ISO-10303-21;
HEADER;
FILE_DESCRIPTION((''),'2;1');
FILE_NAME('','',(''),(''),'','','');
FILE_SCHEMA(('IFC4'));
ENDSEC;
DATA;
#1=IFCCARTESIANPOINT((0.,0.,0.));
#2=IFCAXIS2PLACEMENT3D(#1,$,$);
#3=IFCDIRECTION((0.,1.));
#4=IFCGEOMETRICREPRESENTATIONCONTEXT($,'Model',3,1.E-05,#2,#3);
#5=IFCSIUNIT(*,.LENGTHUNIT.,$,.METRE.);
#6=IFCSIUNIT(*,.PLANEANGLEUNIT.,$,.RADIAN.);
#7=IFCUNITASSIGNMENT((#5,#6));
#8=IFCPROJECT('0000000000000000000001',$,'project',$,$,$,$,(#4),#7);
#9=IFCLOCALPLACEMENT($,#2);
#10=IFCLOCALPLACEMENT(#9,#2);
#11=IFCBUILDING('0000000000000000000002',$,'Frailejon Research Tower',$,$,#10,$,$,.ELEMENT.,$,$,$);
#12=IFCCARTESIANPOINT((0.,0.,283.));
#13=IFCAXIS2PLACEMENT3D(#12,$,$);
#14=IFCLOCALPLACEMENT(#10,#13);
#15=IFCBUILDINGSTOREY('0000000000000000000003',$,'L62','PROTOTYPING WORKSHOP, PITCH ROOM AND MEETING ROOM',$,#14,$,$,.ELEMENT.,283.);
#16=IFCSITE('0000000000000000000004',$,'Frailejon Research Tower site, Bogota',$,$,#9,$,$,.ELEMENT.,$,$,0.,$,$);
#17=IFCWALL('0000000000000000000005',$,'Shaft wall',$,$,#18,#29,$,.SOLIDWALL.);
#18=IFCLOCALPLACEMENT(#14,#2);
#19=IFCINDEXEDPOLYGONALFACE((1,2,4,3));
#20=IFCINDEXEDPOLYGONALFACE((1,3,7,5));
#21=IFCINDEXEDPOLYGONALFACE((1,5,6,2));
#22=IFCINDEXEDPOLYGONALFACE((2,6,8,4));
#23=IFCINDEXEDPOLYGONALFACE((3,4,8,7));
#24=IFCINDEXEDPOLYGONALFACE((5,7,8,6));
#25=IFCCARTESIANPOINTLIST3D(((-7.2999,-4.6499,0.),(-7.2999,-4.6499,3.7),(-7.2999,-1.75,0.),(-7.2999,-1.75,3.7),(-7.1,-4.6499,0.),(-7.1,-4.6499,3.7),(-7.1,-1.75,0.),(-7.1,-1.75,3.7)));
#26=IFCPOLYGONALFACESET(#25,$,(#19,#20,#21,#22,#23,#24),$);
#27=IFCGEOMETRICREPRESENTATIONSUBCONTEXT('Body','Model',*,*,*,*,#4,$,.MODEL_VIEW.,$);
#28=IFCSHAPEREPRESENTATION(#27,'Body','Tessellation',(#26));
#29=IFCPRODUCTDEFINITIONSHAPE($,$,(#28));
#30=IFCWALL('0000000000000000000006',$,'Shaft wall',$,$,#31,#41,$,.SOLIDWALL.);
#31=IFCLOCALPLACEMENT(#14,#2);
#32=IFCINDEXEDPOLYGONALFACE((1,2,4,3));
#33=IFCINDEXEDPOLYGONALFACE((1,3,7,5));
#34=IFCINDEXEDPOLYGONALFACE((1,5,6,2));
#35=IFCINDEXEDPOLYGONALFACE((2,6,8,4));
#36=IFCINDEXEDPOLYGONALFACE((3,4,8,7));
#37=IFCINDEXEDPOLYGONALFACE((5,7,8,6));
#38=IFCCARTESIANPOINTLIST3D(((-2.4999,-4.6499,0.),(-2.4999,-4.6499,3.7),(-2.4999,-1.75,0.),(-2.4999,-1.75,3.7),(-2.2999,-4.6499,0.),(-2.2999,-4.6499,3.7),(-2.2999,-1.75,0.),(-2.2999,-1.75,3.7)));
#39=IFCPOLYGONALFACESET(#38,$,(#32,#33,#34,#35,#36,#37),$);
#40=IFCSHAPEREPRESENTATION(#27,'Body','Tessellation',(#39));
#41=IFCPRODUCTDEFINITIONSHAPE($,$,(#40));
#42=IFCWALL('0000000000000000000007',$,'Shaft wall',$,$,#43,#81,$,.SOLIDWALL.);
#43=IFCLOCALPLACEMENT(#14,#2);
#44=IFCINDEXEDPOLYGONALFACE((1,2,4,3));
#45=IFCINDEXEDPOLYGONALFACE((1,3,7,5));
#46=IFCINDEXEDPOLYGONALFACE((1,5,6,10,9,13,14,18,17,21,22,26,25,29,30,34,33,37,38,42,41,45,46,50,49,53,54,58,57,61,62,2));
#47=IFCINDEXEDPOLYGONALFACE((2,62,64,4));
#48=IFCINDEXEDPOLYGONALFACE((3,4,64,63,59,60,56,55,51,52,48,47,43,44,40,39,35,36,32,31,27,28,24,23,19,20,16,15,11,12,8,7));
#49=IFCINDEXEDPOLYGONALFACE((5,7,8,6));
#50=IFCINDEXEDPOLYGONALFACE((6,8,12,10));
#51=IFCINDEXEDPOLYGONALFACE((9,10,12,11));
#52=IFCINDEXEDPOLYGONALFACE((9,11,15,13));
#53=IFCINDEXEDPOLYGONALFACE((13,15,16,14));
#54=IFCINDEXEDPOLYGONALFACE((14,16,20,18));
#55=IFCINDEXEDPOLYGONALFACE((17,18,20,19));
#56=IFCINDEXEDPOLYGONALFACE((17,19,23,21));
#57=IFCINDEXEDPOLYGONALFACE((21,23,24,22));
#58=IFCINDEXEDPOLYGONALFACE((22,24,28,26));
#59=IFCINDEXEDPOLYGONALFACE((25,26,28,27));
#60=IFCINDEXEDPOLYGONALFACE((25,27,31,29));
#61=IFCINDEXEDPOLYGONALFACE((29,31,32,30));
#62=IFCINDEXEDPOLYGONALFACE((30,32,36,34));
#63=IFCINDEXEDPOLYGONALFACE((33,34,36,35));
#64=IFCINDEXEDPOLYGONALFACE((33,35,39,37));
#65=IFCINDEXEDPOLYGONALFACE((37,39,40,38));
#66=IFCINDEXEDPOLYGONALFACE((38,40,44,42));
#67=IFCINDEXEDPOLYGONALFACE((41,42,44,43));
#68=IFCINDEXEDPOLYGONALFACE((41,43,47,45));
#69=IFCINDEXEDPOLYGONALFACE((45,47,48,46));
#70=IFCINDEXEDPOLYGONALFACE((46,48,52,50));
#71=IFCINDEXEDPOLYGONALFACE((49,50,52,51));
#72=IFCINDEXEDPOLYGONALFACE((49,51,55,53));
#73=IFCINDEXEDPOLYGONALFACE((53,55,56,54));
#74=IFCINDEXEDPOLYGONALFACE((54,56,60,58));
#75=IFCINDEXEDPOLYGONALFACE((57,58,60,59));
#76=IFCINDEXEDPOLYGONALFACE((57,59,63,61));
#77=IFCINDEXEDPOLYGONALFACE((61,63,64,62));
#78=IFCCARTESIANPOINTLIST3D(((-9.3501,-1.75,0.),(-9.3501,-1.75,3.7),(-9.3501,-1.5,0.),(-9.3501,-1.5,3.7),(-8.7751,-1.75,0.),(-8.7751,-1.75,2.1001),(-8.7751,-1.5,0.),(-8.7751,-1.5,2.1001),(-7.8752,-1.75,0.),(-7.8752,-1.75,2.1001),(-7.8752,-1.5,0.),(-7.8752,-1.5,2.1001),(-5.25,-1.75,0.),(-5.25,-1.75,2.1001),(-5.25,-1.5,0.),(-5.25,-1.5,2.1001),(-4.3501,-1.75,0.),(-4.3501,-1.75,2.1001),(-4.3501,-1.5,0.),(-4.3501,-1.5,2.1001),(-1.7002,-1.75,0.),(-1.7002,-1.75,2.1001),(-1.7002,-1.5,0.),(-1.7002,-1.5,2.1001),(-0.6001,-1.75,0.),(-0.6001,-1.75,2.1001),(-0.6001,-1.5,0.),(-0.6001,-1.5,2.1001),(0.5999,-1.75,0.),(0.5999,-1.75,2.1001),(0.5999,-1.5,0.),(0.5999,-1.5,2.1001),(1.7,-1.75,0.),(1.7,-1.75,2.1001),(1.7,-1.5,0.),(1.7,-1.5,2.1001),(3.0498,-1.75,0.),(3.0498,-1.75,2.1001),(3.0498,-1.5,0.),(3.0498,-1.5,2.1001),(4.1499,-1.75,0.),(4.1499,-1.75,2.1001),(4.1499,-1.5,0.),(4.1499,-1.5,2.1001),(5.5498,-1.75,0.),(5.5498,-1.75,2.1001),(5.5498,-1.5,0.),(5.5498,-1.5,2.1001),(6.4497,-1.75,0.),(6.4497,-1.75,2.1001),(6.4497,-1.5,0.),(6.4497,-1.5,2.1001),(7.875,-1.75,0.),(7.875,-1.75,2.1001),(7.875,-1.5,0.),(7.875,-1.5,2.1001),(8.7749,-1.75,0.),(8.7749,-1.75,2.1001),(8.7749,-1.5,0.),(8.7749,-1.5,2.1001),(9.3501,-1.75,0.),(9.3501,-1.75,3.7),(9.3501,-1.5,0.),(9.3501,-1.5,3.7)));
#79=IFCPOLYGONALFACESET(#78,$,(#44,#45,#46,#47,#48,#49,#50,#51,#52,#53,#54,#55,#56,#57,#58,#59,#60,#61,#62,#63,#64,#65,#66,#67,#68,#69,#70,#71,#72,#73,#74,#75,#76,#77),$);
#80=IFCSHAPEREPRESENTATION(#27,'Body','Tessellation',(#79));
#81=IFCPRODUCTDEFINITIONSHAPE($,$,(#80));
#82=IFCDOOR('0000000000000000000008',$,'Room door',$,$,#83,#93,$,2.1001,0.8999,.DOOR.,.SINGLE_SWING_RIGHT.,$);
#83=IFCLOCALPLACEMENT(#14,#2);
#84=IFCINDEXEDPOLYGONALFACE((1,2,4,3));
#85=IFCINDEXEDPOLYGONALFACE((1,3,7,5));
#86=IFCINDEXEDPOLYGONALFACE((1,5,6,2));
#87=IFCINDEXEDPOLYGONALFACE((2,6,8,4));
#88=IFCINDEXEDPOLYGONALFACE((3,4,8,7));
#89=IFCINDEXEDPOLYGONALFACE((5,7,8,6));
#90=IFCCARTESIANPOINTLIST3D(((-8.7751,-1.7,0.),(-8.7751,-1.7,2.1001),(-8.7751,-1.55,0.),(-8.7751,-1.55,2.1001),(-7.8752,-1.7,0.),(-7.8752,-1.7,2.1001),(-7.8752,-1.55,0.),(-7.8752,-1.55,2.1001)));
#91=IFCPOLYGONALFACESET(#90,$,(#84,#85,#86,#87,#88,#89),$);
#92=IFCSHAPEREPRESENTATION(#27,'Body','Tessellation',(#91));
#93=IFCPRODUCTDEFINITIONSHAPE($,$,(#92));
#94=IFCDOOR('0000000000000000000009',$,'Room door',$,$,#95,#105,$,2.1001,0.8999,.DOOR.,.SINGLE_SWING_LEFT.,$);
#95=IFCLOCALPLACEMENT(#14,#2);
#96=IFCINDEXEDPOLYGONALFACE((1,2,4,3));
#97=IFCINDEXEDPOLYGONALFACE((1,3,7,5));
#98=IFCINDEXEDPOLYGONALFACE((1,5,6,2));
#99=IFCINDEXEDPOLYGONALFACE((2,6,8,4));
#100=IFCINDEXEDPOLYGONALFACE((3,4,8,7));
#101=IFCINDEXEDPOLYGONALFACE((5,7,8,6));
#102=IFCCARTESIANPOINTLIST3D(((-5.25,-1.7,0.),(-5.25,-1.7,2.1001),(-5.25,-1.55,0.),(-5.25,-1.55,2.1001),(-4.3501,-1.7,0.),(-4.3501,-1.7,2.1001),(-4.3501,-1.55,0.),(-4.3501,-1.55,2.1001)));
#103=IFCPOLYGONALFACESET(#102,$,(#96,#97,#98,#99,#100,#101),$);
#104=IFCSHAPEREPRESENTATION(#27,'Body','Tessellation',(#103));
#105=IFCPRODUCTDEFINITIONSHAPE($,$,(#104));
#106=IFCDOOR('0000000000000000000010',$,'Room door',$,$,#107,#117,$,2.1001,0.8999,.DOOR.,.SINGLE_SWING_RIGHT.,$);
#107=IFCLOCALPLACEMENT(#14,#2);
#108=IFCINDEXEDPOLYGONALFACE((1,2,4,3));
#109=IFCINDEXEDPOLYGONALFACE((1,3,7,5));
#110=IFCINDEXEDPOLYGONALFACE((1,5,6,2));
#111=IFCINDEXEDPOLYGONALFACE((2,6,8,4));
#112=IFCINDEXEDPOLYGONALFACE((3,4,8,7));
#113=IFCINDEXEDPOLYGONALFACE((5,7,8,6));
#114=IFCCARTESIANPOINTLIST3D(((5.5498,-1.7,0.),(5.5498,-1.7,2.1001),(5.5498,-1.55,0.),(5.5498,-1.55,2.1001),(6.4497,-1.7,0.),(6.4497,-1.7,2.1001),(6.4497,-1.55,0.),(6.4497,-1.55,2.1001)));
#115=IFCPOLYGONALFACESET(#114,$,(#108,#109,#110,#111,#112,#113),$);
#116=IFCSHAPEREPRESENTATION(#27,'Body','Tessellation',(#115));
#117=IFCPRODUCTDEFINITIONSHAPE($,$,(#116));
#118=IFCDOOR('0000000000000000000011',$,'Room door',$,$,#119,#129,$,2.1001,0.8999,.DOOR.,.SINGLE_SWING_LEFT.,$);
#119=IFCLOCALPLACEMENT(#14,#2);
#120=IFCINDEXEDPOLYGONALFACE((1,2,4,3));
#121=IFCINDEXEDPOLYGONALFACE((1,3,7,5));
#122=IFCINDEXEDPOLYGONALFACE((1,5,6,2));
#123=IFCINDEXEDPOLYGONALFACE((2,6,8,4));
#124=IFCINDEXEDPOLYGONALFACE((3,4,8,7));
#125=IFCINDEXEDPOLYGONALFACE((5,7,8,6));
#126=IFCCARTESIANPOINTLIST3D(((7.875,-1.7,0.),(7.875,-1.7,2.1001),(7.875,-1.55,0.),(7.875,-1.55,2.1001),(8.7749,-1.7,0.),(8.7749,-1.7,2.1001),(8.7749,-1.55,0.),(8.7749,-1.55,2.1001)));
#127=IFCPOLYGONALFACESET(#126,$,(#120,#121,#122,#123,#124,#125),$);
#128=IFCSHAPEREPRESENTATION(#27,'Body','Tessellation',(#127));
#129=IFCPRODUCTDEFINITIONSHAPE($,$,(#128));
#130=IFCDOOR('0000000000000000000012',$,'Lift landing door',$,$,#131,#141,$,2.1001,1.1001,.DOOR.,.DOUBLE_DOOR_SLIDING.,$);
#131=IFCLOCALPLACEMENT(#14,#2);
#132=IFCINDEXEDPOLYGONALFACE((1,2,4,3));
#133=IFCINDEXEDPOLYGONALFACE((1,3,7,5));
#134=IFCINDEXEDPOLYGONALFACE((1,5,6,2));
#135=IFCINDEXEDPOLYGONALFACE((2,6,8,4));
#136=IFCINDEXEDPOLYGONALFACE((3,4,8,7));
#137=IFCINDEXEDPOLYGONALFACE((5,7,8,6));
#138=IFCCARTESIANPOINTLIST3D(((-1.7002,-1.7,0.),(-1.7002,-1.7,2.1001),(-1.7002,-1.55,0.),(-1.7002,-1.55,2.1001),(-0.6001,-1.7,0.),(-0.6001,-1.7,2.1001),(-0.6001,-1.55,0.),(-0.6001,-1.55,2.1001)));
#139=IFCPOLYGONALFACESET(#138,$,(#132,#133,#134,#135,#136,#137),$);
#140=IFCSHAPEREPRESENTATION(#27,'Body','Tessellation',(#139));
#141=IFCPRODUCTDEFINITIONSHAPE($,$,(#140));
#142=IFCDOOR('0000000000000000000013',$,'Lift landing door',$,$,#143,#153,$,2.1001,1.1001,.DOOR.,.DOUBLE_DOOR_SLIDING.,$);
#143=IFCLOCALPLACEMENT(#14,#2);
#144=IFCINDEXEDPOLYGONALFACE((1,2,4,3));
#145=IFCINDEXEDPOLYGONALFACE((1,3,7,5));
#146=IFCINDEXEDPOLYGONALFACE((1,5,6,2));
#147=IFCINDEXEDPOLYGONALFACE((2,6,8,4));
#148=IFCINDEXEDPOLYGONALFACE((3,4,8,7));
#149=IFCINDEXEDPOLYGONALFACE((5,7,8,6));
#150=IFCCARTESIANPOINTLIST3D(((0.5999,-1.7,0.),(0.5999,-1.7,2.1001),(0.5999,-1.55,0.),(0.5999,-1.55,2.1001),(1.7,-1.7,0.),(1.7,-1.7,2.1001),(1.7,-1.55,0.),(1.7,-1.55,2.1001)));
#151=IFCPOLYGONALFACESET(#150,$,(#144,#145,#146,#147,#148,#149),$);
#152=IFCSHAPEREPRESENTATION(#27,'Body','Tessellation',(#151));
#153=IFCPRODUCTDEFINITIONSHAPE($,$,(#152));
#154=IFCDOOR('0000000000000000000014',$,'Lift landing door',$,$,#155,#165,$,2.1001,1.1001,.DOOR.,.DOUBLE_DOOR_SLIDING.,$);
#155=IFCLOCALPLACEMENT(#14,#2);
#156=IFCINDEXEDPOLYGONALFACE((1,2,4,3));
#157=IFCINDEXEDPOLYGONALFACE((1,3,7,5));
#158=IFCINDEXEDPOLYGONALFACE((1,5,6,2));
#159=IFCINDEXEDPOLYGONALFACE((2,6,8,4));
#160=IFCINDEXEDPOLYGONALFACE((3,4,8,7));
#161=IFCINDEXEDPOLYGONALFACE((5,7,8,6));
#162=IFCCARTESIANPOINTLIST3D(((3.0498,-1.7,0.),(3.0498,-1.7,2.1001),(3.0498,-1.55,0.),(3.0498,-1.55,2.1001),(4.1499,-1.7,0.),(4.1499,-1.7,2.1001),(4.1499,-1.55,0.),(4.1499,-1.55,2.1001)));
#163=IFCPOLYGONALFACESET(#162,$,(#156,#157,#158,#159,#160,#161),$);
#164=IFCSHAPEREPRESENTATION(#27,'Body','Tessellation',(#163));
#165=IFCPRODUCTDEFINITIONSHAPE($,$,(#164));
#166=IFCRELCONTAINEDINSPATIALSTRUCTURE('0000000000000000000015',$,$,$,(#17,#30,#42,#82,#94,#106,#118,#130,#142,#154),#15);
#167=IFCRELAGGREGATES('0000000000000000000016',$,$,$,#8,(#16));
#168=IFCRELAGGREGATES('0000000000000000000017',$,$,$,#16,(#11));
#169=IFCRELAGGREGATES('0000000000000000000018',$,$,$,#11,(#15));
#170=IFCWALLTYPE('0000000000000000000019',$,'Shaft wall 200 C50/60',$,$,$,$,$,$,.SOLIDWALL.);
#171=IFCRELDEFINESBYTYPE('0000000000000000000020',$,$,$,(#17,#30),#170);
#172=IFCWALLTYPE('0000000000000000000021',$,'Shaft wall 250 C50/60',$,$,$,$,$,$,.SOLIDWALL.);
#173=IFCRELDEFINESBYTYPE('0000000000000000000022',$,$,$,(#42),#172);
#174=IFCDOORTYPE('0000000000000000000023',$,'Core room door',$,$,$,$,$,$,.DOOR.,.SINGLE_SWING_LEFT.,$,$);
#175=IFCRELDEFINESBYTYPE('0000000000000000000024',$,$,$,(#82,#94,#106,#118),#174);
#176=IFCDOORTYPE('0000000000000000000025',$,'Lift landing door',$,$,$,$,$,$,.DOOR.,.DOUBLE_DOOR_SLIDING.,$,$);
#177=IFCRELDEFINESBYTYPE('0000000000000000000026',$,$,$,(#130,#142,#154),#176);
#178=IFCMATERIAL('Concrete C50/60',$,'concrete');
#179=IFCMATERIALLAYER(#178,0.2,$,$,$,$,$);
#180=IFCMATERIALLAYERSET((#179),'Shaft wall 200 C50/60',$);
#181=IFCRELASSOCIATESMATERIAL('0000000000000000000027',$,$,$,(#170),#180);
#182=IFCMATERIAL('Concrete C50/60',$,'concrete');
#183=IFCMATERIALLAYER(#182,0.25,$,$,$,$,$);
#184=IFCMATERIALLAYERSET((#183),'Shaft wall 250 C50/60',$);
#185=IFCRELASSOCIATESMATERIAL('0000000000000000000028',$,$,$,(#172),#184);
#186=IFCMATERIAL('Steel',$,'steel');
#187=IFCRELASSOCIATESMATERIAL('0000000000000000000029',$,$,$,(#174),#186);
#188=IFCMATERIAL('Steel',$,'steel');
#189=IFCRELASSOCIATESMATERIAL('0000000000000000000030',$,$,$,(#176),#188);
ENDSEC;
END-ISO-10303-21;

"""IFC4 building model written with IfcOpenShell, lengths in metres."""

from ifc_helpers import new_model, si_unit, direction, frame, frame_2d, origin, place, context, subcontext, project, spatial, rectangle, extrude, material, layer, layer_set, type_object, element, fill, save


model = new_model("IFC4")

# Units and contexts
model_context = context("Model", 3, precision=1e-05, world=origin(), true_north=direction((0.0, 1.0)))
body_context = subcontext(model_context, "Body", "Model", "MODEL_VIEW")
ifc_project = project(units=[si_unit("LENGTHUNIT", "METRE"), si_unit("PLANEANGLEUNIT", "RADIAN")], contexts=[model_context])

# Site, building, storey
site_placement = place(None, origin())
site = spatial("IfcSite", under=ifc_project, at=site_placement, Name="Frailejon Research Tower site, Bogota", CompositionType="ELEMENT", RefElevation=0.0)
building_placement = place(site_placement, origin())
building = spatial("IfcBuilding", under=site, at=building_placement, Name="Frailejon Research Tower", CompositionType="ELEMENT")
storey_placement = place(building_placement, frame((0.0, 0.0, 283.0)))
storey = spatial("IfcBuildingStorey", under=building, at=storey_placement, Name="L62", Description="PROTOTYPING WORKSHOP, PITCH ROOM AND MEETING ROOM", CompositionType="ELEMENT", Elevation=283.0)

# Walls
ifc_material_1 = material(Name="Concrete C50/60", Category="concrete")
ifc_layer_1 = layer(ifc_material_1, 0.2)
ifc_layer_set_1 = layer_set([ifc_layer_1], Name="Shaft wall 200 C50/60")
wall_type_1 = type_object("IfcWallType", Name="Shaft wall 200 C50/60", PredefinedType="SOLIDWALL", material=ifc_layer_set_1)
for number, where, z_axis, x_axis, name in (
    (1, (-7.2, -4.6499, 0.0), (0.0, 0.0, 1.0), (0.0, 1.0, 0.0), "Shaft wall"),
    (2, (-2.3999, -4.6499, 0.0), (0.0, 0.0, 1.0), (0.0, 1.0, 0.0), "Shaft wall"),
):
    element("IfcWall", number, at=place(storey_placement, frame(where, z_axis=z_axis, x_axis=x_axis)), inside=storey, type_object=wall_type_1, Name=name, PredefinedType="SOLIDWALL", context=body_context, shape_type="SweptSolid", body=[
        extrude(rectangle(XDim=2.8999, YDim=0.2, at=frame_2d((1.45, 0.0))), origin(), (0.0, 0.0, 1.0), 3.7),
    ])

# Wall, openings, doors
ifc_material_2 = material(Name="Concrete C50/60", Category="concrete")
ifc_layer_2 = layer(ifc_material_2, 0.25)
ifc_layer_set_2 = layer_set([ifc_layer_2], Name="Shaft wall 250 C50/60")
wall_type_2 = type_object("IfcWallType", Name="Shaft wall 250 C50/60", PredefinedType="SOLIDWALL", material=ifc_layer_set_2)
wall_1_placement = place(storey_placement, frame((-9.3501, -1.625, 0.0), z_axis=(0.0, 0.0, 1.0), x_axis=(1.0, 0.0, 0.0)))
wall_1 = element("IfcWall", 3, at=wall_1_placement, inside=storey, type_object=wall_type_2, Name="Shaft wall", PredefinedType="SOLIDWALL", context=body_context, shape_type="SweptSolid", body=[
    extrude(rectangle(XDim=18.7002, YDim=0.25, at=frame_2d((9.3501, 0.0))), origin(), (0.0, 0.0, 1.0), 3.7),
])
opening_1_placement = place(wall_1_placement, frame((7.6499, 0.0, 0.0)))
opening_1 = element("IfcOpeningElement", 4, at=opening_1_placement, cuts=wall_1, PredefinedType="OPENING", context=body_context, shape_type="SweptSolid", body=[
    extrude(rectangle(XDim=1.1001, YDim=2.1001, at=frame_2d((0.55, 1.05))), frame((0.0, 0.135, 0.0), z_axis=(0.0, -1.0, 0.0), x_axis=(1.0, 0.0, 0.0)), (0.0, 0.0, 1.0), 0.27),
])
opening_2_placement = place(wall_1_placement, frame((9.95, 0.0, 0.0)))
opening_2 = element("IfcOpeningElement", 5, at=opening_2_placement, cuts=wall_1, PredefinedType="OPENING", context=body_context, shape_type="SweptSolid", body=[
    extrude(rectangle(XDim=1.1001, YDim=2.1001, at=frame_2d((0.55, 1.05))), frame((0.0, 0.135, 0.0), z_axis=(0.0, -1.0, 0.0), x_axis=(1.0, 0.0, 0.0)), (0.0, 0.0, 1.0), 0.27),
])
opening_3_placement = place(wall_1_placement, frame((12.3999, 0.0, 0.0)))
opening_3 = element("IfcOpeningElement", 6, at=opening_3_placement, cuts=wall_1, PredefinedType="OPENING", context=body_context, shape_type="SweptSolid", body=[
    extrude(rectangle(XDim=1.1001, YDim=2.1001, at=frame_2d((0.55, 1.05))), frame((0.0, 0.135, 0.0), z_axis=(0.0, -1.0, 0.0), x_axis=(1.0, 0.0, 0.0)), (0.0, 0.0, 1.0), 0.27),
])
opening_4_placement = place(wall_1_placement, frame((0.575, 0.0, 0.0)))
opening_4 = element("IfcOpeningElement", 7, at=opening_4_placement, cuts=wall_1, PredefinedType="OPENING", context=body_context, shape_type="SweptSolid", body=[
    extrude(rectangle(XDim=0.8999, YDim=2.1001, at=frame_2d((0.45, 1.05))), frame((0.0, 0.135, 0.0), z_axis=(0.0, -1.0, 0.0), x_axis=(1.0, 0.0, 0.0)), (0.0, 0.0, 1.0), 0.27),
])
opening_5_placement = place(wall_1_placement, frame((4.1001, 0.0, 0.0)))
opening_5 = element("IfcOpeningElement", 8, at=opening_5_placement, cuts=wall_1, PredefinedType="OPENING", context=body_context, shape_type="SweptSolid", body=[
    extrude(rectangle(XDim=0.8999, YDim=2.1001, at=frame_2d((0.45, 1.05))), frame((0.0, 0.135, 0.0), z_axis=(0.0, -1.0, 0.0), x_axis=(1.0, 0.0, 0.0)), (0.0, 0.0, 1.0), 0.27),
])
opening_6_placement = place(wall_1_placement, frame((14.8999, 0.0, 0.0)))
opening_6 = element("IfcOpeningElement", 9, at=opening_6_placement, cuts=wall_1, PredefinedType="OPENING", context=body_context, shape_type="SweptSolid", body=[
    extrude(rectangle(XDim=0.8999, YDim=2.1001, at=frame_2d((0.45, 1.05))), frame((0.0, 0.135, 0.0), z_axis=(0.0, -1.0, 0.0), x_axis=(1.0, 0.0, 0.0)), (0.0, 0.0, 1.0), 0.27),
])
opening_7_placement = place(wall_1_placement, frame((17.2251, 0.0, 0.0)))
opening_7 = element("IfcOpeningElement", 10, at=opening_7_placement, cuts=wall_1, PredefinedType="OPENING", context=body_context, shape_type="SweptSolid", body=[
    extrude(rectangle(XDim=0.8999, YDim=2.1001, at=frame_2d((0.45, 1.05))), frame((0.0, 0.135, 0.0), z_axis=(0.0, -1.0, 0.0), x_axis=(1.0, 0.0, 0.0)), (0.0, 0.0, 1.0), 0.27),
])
ifc_material_3 = material(Name="Steel", Category="steel")
door_type_1 = type_object("IfcDoorType", Name="Core room door", OperationType="SINGLE_SWING_LEFT", PredefinedType="DOOR", material=ifc_material_3)
door_1_placement = place(opening_4_placement, origin())
door_1 = element("IfcDoor", 11, at=door_1_placement, inside=storey, type_object=door_type_1, Name="Room door", OperationType="SINGLE_SWING_RIGHT", OverallHeight=2.1001, OverallWidth=0.8999, PredefinedType="DOOR", context=body_context, shape_type="SweptSolid", body=[
    extrude(rectangle(XDim=0.8999, YDim=2.1001, at=frame_2d((0.45, 1.05))), frame((0.0, 0.075, 0.0), z_axis=(0.0, -1.0, 0.0), x_axis=(1.0, 0.0, 0.0)), (0.0, 0.0, 1.0), 0.1499),
])
fill(opening_4, door_1)
door_2_placement = place(opening_5_placement, origin())
door_2 = element("IfcDoor", 12, at=door_2_placement, inside=storey, type_object=door_type_1, Name="Room door", OperationType="SINGLE_SWING_LEFT", OverallHeight=2.1001, OverallWidth=0.8999, PredefinedType="DOOR", context=body_context, shape_type="SweptSolid", body=[
    extrude(rectangle(XDim=0.8999, YDim=2.1001, at=frame_2d((0.45, 1.05))), frame((0.0, 0.075, 0.0), z_axis=(0.0, -1.0, 0.0), x_axis=(1.0, 0.0, 0.0)), (0.0, 0.0, 1.0), 0.1499),
])
fill(opening_5, door_2)
door_3_placement = place(opening_6_placement, origin())
door_3 = element("IfcDoor", 13, at=door_3_placement, inside=storey, type_object=door_type_1, Name="Room door", OperationType="SINGLE_SWING_RIGHT", OverallHeight=2.1001, OverallWidth=0.8999, PredefinedType="DOOR", context=body_context, shape_type="SweptSolid", body=[
    extrude(rectangle(XDim=0.8999, YDim=2.1001, at=frame_2d((0.45, 1.05))), frame((0.0, 0.075, 0.0), z_axis=(0.0, -1.0, 0.0), x_axis=(1.0, 0.0, 0.0)), (0.0, 0.0, 1.0), 0.1499),
])
fill(opening_6, door_3)
door_4_placement = place(opening_7_placement, origin())
door_4 = element("IfcDoor", 14, at=door_4_placement, inside=storey, type_object=door_type_1, Name="Room door", OperationType="SINGLE_SWING_LEFT", OverallHeight=2.1001, OverallWidth=0.8999, PredefinedType="DOOR", context=body_context, shape_type="SweptSolid", body=[
    extrude(rectangle(XDim=0.8999, YDim=2.1001, at=frame_2d((0.45, 1.05))), frame((0.0, 0.075, 0.0), z_axis=(0.0, -1.0, 0.0), x_axis=(1.0, 0.0, 0.0)), (0.0, 0.0, 1.0), 0.1499),
])
fill(opening_7, door_4)
ifc_material_4 = material(Name="Steel", Category="steel")
door_type_2 = type_object("IfcDoorType", Name="Lift landing door", OperationType="DOUBLE_DOOR_SLIDING", PredefinedType="DOOR", material=ifc_material_4)
door_5_placement = place(opening_1_placement, origin())
door_5 = element("IfcDoor", 15, at=door_5_placement, inside=storey, type_object=door_type_2, Name="Lift landing door", OperationType="DOUBLE_DOOR_SLIDING", OverallHeight=2.1001, OverallWidth=1.1001, PredefinedType="DOOR", context=body_context, shape_type="SweptSolid", body=[
    extrude(rectangle(XDim=1.1001, YDim=2.1001, at=frame_2d((0.55, 1.05))), frame((0.0, 0.075, 0.0), z_axis=(0.0, -1.0, 0.0), x_axis=(1.0, 0.0, 0.0)), (0.0, 0.0, 1.0), 0.1499),
])
fill(opening_1, door_5)
door_6_placement = place(opening_2_placement, origin())
door_6 = element("IfcDoor", 16, at=door_6_placement, inside=storey, type_object=door_type_2, Name="Lift landing door", OperationType="DOUBLE_DOOR_SLIDING", OverallHeight=2.1001, OverallWidth=1.1001, PredefinedType="DOOR", context=body_context, shape_type="SweptSolid", body=[
    extrude(rectangle(XDim=1.1001, YDim=2.1001, at=frame_2d((0.55, 1.05))), frame((0.0, 0.075, 0.0), z_axis=(0.0, -1.0, 0.0), x_axis=(1.0, 0.0, 0.0)), (0.0, 0.0, 1.0), 0.1499),
])
fill(opening_2, door_6)
door_7_placement = place(opening_3_placement, origin())
door_7 = element("IfcDoor", 17, at=door_7_placement, inside=storey, type_object=door_type_2, Name="Lift landing door", OperationType="DOUBLE_DOOR_SLIDING", OverallHeight=2.1001, OverallWidth=1.1001, PredefinedType="DOOR", context=body_context, shape_type="SweptSolid", body=[
    extrude(rectangle(XDim=1.1001, YDim=2.1001, at=frame_2d((0.55, 1.05))), frame((0.0, 0.075, 0.0), z_axis=(0.0, -1.0, 0.0), x_axis=(1.0, 0.0, 0.0)), (0.0, 0.0, 1.0), 0.1499),
])
fill(opening_3, door_7)

save(model, "model.ifc")
